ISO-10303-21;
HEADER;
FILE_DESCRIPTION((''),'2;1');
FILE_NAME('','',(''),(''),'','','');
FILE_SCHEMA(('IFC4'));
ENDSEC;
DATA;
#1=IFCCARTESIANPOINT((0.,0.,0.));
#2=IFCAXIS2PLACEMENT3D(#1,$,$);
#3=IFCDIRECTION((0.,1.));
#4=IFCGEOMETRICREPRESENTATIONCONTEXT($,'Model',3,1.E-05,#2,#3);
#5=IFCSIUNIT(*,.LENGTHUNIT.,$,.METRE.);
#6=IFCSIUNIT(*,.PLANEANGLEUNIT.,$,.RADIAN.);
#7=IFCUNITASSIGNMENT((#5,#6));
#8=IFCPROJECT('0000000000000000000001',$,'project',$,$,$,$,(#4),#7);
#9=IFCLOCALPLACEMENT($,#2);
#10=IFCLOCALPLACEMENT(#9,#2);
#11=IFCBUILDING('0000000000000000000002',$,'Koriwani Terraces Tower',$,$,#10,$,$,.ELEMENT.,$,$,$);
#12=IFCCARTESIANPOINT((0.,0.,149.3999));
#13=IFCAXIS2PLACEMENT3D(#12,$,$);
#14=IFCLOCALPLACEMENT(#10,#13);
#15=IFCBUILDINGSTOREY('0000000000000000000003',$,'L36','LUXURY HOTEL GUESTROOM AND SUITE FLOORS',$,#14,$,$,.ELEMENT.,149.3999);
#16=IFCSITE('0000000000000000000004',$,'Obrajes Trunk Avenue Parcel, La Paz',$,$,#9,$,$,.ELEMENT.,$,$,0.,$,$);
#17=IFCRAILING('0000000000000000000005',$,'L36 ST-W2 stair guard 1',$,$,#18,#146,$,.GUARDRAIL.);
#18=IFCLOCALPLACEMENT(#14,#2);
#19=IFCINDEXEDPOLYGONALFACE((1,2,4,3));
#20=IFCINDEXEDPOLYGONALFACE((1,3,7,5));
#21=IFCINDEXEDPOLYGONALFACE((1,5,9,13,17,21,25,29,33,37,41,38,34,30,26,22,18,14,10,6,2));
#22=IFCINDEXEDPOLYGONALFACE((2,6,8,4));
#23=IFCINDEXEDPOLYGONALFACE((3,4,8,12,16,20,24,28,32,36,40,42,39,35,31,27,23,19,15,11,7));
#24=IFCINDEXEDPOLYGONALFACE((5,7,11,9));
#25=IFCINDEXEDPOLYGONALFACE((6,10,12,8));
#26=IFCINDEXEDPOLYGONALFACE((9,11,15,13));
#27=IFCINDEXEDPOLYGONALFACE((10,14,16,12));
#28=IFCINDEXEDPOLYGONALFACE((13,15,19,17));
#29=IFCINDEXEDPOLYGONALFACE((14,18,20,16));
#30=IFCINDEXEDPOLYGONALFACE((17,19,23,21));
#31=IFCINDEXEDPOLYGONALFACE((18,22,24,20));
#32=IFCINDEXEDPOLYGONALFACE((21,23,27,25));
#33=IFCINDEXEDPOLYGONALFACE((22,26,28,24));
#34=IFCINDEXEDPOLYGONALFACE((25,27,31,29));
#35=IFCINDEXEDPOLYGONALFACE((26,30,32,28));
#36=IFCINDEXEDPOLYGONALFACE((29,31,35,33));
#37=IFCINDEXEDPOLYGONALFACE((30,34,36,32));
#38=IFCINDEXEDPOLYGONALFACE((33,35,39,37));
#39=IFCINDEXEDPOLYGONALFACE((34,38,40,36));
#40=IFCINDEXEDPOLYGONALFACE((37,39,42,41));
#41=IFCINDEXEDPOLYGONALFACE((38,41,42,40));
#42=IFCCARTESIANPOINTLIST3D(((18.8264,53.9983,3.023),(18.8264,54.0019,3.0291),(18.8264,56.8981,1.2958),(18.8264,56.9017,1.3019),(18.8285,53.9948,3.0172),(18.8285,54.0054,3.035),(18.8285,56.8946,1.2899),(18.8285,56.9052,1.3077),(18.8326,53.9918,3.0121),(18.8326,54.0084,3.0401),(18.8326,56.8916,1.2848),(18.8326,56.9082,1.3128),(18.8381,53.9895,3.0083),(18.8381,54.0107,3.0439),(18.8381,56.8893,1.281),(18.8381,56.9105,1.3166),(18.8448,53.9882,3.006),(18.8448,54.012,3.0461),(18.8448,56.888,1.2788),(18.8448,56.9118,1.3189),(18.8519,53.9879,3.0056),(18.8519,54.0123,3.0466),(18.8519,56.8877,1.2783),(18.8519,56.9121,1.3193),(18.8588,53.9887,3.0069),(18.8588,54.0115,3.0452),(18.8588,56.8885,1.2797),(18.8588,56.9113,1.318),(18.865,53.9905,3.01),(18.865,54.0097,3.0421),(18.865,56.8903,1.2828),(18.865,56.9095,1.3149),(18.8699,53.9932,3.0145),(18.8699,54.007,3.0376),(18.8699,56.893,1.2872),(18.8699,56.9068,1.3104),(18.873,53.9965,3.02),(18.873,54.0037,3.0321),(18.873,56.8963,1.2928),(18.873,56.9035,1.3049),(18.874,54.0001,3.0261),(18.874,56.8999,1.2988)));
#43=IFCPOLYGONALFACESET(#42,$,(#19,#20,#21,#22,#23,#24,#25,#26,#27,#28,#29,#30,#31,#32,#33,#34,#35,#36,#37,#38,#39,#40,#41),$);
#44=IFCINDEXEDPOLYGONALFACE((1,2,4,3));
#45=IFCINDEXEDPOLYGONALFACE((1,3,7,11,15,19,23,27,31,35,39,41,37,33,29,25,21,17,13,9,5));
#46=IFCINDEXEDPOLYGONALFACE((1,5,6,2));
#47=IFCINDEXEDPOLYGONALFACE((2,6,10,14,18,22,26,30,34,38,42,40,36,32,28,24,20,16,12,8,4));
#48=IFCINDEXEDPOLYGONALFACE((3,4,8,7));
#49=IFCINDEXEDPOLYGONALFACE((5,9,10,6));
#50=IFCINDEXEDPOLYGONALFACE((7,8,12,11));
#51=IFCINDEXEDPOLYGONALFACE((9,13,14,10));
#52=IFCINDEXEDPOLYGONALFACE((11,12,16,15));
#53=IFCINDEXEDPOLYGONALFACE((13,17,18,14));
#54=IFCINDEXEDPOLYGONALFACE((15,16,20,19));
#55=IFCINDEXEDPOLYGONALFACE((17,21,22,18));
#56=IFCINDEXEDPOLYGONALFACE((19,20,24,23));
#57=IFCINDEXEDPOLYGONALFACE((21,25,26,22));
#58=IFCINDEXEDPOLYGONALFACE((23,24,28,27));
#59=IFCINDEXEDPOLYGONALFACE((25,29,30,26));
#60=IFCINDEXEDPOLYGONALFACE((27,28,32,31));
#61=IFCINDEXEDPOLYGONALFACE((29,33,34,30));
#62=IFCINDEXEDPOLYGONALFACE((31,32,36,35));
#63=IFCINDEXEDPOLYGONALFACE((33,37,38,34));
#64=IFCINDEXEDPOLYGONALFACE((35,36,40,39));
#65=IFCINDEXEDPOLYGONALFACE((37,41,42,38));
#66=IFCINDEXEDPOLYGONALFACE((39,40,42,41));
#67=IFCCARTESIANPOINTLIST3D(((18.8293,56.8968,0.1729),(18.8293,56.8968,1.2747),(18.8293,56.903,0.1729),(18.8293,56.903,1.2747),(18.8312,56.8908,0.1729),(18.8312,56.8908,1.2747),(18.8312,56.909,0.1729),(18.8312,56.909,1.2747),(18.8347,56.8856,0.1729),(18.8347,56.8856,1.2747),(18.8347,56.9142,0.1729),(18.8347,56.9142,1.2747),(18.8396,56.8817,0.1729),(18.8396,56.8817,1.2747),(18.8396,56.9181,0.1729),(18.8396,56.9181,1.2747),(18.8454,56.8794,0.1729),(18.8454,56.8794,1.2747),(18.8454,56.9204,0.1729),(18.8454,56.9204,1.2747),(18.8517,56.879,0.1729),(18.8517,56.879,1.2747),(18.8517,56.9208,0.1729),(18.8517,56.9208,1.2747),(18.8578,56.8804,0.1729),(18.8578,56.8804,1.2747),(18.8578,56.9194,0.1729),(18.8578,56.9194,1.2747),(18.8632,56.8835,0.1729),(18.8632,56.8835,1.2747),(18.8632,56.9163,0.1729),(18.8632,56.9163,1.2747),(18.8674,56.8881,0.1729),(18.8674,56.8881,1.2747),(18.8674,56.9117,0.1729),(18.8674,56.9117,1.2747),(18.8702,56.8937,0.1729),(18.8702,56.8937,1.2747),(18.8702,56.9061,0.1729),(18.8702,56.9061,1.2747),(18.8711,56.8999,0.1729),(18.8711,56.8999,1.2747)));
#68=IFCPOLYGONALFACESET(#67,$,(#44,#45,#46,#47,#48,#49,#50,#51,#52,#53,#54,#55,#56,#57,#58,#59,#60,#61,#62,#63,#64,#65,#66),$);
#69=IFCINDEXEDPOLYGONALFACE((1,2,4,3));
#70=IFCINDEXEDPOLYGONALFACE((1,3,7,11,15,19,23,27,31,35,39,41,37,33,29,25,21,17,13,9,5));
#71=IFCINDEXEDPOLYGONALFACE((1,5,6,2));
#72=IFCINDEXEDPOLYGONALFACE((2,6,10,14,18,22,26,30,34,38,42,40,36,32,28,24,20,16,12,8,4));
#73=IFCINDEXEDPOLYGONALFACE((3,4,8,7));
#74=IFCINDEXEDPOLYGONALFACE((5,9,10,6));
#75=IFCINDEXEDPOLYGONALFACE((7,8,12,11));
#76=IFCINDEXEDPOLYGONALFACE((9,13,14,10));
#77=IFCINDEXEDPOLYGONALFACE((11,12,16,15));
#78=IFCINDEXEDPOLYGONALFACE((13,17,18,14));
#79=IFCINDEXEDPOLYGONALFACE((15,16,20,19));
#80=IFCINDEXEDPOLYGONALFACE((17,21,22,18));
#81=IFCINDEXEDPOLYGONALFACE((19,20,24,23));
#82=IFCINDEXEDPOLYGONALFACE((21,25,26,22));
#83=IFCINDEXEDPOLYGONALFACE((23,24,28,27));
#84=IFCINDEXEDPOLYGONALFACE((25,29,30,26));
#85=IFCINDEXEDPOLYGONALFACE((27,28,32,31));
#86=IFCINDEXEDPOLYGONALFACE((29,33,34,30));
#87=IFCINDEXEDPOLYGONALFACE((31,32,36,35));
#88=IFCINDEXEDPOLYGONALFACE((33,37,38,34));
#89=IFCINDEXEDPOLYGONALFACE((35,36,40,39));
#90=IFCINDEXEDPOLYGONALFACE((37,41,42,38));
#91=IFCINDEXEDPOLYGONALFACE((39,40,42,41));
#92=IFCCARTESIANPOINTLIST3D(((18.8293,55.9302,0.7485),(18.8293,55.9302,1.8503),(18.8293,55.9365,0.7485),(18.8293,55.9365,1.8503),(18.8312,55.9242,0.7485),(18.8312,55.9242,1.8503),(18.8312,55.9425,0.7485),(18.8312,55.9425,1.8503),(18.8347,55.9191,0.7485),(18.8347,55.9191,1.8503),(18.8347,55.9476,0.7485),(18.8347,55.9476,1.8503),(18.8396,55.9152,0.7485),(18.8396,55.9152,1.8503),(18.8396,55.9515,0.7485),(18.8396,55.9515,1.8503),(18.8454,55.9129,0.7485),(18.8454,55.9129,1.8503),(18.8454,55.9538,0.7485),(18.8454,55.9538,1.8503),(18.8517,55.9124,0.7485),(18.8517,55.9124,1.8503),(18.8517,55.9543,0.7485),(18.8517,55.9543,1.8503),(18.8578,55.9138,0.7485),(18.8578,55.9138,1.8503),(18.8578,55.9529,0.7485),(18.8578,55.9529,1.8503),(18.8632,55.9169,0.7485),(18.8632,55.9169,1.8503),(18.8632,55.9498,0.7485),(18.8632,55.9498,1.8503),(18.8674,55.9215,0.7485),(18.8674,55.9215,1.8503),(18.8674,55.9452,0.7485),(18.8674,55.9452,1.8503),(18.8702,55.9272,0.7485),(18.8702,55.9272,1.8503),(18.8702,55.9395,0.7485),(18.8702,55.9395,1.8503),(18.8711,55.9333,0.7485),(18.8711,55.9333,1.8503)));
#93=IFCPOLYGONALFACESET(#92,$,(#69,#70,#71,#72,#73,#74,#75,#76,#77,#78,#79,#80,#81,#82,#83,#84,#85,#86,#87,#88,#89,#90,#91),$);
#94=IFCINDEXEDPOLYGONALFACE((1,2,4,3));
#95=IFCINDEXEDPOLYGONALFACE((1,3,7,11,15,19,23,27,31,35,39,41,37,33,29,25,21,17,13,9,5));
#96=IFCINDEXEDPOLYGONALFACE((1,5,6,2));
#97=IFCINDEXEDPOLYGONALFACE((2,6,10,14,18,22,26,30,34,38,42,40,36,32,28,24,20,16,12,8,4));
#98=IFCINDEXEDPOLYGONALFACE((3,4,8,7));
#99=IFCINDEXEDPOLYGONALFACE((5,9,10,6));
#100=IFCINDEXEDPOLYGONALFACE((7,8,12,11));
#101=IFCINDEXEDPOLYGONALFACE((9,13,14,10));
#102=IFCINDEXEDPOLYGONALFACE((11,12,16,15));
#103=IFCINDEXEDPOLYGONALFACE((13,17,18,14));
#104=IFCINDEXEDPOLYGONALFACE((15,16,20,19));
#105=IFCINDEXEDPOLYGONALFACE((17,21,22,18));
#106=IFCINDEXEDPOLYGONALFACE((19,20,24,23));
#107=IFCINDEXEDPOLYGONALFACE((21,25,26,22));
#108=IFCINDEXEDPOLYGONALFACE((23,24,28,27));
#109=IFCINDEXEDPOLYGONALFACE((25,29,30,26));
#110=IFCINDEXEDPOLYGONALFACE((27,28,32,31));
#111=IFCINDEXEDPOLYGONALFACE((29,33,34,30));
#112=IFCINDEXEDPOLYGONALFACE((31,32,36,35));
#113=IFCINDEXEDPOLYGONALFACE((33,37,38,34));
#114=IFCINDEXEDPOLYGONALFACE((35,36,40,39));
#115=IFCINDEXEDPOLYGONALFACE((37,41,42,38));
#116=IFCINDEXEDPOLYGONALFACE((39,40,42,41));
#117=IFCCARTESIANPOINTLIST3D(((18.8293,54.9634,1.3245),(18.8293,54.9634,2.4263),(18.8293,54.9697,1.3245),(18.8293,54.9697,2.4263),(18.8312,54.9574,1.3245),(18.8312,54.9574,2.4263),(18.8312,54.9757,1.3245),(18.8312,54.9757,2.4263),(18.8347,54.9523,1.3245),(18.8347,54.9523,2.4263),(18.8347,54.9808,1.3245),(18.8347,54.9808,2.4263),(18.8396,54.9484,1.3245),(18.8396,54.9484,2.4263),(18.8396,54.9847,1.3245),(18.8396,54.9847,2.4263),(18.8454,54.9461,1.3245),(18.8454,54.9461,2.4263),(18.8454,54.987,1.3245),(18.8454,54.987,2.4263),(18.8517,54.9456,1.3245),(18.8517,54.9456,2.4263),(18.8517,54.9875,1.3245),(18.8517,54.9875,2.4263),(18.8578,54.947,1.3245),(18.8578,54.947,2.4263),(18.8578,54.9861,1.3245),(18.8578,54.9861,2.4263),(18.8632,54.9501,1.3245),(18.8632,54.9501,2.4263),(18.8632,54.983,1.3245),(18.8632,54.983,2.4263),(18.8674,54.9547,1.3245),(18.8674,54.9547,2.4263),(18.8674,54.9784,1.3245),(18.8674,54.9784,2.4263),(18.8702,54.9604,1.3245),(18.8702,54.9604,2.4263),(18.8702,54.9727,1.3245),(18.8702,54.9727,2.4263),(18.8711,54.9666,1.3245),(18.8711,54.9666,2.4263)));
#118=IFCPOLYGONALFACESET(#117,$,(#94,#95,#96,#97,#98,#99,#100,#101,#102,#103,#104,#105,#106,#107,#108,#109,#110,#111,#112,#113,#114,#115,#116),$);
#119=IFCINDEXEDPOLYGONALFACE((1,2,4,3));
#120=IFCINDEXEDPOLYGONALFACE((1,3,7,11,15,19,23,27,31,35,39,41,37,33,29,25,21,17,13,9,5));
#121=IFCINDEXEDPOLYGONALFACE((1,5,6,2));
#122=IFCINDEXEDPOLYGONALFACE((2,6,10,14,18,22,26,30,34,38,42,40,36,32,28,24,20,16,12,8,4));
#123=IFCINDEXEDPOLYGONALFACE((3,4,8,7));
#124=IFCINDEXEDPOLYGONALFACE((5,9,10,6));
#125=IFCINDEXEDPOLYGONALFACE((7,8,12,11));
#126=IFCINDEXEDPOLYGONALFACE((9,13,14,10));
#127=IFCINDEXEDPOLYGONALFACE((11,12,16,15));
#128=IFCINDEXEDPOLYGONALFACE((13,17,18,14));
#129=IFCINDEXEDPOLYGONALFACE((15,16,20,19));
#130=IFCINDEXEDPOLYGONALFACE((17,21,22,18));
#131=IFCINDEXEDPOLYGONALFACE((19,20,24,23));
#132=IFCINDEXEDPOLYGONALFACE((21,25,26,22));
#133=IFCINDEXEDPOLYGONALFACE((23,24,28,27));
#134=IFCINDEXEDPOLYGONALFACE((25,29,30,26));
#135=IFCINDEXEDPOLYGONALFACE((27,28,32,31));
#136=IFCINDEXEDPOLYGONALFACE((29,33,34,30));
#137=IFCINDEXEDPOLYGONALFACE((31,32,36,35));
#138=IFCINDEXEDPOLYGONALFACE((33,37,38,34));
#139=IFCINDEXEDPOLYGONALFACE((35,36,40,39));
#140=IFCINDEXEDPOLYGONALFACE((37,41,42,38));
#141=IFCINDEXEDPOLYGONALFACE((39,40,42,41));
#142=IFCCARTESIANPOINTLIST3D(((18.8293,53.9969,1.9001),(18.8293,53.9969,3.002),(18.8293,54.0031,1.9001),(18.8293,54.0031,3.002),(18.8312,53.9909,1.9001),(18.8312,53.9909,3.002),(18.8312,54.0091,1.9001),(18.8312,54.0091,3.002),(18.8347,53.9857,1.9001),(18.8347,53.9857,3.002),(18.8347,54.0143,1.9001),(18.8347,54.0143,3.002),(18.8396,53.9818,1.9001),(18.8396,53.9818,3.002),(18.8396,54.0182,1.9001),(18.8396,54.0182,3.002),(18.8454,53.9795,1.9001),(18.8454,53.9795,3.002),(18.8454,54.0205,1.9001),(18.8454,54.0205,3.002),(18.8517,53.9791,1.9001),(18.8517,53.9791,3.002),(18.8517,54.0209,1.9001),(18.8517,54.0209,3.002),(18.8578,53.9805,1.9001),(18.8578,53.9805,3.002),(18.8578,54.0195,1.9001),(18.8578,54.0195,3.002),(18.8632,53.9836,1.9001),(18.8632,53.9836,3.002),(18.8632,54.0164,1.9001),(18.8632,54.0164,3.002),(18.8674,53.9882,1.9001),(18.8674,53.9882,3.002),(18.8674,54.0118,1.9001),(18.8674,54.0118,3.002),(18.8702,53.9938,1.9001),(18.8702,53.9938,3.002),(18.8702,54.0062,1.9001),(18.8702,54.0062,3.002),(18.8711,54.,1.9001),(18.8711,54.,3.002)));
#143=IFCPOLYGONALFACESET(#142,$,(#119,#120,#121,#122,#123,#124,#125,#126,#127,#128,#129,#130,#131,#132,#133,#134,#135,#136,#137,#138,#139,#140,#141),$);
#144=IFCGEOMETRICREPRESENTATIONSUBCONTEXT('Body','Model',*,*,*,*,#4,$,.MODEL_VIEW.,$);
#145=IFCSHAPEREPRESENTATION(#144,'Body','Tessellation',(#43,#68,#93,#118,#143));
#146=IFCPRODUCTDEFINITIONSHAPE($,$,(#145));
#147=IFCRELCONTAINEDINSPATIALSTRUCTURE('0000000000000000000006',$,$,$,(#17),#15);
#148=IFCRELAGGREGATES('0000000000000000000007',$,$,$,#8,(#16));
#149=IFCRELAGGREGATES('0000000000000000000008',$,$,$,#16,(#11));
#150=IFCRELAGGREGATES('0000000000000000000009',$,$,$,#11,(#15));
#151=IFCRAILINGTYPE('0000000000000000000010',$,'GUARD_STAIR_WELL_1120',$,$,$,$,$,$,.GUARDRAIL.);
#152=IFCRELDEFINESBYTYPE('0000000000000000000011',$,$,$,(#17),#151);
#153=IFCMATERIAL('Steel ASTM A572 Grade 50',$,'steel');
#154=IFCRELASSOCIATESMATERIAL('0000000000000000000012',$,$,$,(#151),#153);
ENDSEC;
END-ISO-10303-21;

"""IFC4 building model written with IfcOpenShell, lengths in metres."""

from ifc_helpers import new_model, si_unit, direction, frame, origin, origin_2d, place, context, subcontext, project, spatial, circle, extrude, material, type_object, element, save


model = new_model("IFC4")

# Units and contexts
model_context = context("Model", 3, precision=1e-05, world=origin(), true_north=direction((0.0, 1.0)))
body_context = subcontext(model_context, "Body", "Model", "MODEL_VIEW")
ifc_project = project(units=[si_unit("LENGTHUNIT", "METRE"), si_unit("PLANEANGLEUNIT", "RADIAN")], contexts=[model_context])

# Site, building, storey
site_placement = place(None, origin())
site = spatial("IfcSite", under=ifc_project, at=site_placement, Name="Obrajes Trunk Avenue Parcel, La Paz", CompositionType="ELEMENT", RefElevation=0.0)
building_placement = place(site_placement, origin())
building = spatial("IfcBuilding", under=site, at=building_placement, Name="Koriwani Terraces Tower", CompositionType="ELEMENT")
storey_placement = place(building_placement, frame((0.0, 0.0, 149.3999)))
storey = spatial("IfcBuildingStorey", under=building, at=storey_placement, Name="L36", Description="LUXURY HOTEL GUESTROOM AND SUITE FLOORS", CompositionType="ELEMENT", Elevation=149.3999)

# Shared definitions
ifc_material_1 = material(Name="Steel ASTM A572 Grade 50", Category="steel")

# Railing
railing_type_1 = type_object("IfcRailingType", Name="GUARD_STAIR_WELL_1120", PredefinedType="GUARDRAIL", material=ifc_material_1)
railing_1_placement = place(storey_placement, frame((18.8501, 56.8999, 0.1729)))
element("IfcRailing", 1, at=railing_1_placement, inside=storey, type_object=railing_type_1, Name="L36 ST-W2 stair guard 1", PredefinedType="GUARDRAIL", context=body_context, shape_type="SweptSolid", body=[
    extrude(circle(Radius=0.0239, at=origin_2d()), frame((0.0, 0.0, 1.126), z_axis=(0.0, -0.859141, 0.511738), x_axis=(1.0, 0.0, 0.0)), (0.0, 0.0, 1.0), 3.3752),
    extrude(circle(Radius=0.021, at=origin_2d()), origin(), (0.0, 0.0, 1.0), 1.1018),
    extrude(circle(Radius=0.021, at=origin_2d()), frame((0.0, -0.9666, 0.5757)), (0.0, 0.0, 1.0), 1.1018),
    extrude(circle(Radius=0.021, at=origin_2d()), frame((0.0, -1.9333, 1.1516)), (0.0, 0.0, 1.0), 1.1018),
    extrude(circle(Radius=0.021, at=origin_2d()), frame((0.0, -2.8999, 1.7273)), (0.0, 0.0, 1.0), 1.1018),
])

save(model, "model.ifc")
